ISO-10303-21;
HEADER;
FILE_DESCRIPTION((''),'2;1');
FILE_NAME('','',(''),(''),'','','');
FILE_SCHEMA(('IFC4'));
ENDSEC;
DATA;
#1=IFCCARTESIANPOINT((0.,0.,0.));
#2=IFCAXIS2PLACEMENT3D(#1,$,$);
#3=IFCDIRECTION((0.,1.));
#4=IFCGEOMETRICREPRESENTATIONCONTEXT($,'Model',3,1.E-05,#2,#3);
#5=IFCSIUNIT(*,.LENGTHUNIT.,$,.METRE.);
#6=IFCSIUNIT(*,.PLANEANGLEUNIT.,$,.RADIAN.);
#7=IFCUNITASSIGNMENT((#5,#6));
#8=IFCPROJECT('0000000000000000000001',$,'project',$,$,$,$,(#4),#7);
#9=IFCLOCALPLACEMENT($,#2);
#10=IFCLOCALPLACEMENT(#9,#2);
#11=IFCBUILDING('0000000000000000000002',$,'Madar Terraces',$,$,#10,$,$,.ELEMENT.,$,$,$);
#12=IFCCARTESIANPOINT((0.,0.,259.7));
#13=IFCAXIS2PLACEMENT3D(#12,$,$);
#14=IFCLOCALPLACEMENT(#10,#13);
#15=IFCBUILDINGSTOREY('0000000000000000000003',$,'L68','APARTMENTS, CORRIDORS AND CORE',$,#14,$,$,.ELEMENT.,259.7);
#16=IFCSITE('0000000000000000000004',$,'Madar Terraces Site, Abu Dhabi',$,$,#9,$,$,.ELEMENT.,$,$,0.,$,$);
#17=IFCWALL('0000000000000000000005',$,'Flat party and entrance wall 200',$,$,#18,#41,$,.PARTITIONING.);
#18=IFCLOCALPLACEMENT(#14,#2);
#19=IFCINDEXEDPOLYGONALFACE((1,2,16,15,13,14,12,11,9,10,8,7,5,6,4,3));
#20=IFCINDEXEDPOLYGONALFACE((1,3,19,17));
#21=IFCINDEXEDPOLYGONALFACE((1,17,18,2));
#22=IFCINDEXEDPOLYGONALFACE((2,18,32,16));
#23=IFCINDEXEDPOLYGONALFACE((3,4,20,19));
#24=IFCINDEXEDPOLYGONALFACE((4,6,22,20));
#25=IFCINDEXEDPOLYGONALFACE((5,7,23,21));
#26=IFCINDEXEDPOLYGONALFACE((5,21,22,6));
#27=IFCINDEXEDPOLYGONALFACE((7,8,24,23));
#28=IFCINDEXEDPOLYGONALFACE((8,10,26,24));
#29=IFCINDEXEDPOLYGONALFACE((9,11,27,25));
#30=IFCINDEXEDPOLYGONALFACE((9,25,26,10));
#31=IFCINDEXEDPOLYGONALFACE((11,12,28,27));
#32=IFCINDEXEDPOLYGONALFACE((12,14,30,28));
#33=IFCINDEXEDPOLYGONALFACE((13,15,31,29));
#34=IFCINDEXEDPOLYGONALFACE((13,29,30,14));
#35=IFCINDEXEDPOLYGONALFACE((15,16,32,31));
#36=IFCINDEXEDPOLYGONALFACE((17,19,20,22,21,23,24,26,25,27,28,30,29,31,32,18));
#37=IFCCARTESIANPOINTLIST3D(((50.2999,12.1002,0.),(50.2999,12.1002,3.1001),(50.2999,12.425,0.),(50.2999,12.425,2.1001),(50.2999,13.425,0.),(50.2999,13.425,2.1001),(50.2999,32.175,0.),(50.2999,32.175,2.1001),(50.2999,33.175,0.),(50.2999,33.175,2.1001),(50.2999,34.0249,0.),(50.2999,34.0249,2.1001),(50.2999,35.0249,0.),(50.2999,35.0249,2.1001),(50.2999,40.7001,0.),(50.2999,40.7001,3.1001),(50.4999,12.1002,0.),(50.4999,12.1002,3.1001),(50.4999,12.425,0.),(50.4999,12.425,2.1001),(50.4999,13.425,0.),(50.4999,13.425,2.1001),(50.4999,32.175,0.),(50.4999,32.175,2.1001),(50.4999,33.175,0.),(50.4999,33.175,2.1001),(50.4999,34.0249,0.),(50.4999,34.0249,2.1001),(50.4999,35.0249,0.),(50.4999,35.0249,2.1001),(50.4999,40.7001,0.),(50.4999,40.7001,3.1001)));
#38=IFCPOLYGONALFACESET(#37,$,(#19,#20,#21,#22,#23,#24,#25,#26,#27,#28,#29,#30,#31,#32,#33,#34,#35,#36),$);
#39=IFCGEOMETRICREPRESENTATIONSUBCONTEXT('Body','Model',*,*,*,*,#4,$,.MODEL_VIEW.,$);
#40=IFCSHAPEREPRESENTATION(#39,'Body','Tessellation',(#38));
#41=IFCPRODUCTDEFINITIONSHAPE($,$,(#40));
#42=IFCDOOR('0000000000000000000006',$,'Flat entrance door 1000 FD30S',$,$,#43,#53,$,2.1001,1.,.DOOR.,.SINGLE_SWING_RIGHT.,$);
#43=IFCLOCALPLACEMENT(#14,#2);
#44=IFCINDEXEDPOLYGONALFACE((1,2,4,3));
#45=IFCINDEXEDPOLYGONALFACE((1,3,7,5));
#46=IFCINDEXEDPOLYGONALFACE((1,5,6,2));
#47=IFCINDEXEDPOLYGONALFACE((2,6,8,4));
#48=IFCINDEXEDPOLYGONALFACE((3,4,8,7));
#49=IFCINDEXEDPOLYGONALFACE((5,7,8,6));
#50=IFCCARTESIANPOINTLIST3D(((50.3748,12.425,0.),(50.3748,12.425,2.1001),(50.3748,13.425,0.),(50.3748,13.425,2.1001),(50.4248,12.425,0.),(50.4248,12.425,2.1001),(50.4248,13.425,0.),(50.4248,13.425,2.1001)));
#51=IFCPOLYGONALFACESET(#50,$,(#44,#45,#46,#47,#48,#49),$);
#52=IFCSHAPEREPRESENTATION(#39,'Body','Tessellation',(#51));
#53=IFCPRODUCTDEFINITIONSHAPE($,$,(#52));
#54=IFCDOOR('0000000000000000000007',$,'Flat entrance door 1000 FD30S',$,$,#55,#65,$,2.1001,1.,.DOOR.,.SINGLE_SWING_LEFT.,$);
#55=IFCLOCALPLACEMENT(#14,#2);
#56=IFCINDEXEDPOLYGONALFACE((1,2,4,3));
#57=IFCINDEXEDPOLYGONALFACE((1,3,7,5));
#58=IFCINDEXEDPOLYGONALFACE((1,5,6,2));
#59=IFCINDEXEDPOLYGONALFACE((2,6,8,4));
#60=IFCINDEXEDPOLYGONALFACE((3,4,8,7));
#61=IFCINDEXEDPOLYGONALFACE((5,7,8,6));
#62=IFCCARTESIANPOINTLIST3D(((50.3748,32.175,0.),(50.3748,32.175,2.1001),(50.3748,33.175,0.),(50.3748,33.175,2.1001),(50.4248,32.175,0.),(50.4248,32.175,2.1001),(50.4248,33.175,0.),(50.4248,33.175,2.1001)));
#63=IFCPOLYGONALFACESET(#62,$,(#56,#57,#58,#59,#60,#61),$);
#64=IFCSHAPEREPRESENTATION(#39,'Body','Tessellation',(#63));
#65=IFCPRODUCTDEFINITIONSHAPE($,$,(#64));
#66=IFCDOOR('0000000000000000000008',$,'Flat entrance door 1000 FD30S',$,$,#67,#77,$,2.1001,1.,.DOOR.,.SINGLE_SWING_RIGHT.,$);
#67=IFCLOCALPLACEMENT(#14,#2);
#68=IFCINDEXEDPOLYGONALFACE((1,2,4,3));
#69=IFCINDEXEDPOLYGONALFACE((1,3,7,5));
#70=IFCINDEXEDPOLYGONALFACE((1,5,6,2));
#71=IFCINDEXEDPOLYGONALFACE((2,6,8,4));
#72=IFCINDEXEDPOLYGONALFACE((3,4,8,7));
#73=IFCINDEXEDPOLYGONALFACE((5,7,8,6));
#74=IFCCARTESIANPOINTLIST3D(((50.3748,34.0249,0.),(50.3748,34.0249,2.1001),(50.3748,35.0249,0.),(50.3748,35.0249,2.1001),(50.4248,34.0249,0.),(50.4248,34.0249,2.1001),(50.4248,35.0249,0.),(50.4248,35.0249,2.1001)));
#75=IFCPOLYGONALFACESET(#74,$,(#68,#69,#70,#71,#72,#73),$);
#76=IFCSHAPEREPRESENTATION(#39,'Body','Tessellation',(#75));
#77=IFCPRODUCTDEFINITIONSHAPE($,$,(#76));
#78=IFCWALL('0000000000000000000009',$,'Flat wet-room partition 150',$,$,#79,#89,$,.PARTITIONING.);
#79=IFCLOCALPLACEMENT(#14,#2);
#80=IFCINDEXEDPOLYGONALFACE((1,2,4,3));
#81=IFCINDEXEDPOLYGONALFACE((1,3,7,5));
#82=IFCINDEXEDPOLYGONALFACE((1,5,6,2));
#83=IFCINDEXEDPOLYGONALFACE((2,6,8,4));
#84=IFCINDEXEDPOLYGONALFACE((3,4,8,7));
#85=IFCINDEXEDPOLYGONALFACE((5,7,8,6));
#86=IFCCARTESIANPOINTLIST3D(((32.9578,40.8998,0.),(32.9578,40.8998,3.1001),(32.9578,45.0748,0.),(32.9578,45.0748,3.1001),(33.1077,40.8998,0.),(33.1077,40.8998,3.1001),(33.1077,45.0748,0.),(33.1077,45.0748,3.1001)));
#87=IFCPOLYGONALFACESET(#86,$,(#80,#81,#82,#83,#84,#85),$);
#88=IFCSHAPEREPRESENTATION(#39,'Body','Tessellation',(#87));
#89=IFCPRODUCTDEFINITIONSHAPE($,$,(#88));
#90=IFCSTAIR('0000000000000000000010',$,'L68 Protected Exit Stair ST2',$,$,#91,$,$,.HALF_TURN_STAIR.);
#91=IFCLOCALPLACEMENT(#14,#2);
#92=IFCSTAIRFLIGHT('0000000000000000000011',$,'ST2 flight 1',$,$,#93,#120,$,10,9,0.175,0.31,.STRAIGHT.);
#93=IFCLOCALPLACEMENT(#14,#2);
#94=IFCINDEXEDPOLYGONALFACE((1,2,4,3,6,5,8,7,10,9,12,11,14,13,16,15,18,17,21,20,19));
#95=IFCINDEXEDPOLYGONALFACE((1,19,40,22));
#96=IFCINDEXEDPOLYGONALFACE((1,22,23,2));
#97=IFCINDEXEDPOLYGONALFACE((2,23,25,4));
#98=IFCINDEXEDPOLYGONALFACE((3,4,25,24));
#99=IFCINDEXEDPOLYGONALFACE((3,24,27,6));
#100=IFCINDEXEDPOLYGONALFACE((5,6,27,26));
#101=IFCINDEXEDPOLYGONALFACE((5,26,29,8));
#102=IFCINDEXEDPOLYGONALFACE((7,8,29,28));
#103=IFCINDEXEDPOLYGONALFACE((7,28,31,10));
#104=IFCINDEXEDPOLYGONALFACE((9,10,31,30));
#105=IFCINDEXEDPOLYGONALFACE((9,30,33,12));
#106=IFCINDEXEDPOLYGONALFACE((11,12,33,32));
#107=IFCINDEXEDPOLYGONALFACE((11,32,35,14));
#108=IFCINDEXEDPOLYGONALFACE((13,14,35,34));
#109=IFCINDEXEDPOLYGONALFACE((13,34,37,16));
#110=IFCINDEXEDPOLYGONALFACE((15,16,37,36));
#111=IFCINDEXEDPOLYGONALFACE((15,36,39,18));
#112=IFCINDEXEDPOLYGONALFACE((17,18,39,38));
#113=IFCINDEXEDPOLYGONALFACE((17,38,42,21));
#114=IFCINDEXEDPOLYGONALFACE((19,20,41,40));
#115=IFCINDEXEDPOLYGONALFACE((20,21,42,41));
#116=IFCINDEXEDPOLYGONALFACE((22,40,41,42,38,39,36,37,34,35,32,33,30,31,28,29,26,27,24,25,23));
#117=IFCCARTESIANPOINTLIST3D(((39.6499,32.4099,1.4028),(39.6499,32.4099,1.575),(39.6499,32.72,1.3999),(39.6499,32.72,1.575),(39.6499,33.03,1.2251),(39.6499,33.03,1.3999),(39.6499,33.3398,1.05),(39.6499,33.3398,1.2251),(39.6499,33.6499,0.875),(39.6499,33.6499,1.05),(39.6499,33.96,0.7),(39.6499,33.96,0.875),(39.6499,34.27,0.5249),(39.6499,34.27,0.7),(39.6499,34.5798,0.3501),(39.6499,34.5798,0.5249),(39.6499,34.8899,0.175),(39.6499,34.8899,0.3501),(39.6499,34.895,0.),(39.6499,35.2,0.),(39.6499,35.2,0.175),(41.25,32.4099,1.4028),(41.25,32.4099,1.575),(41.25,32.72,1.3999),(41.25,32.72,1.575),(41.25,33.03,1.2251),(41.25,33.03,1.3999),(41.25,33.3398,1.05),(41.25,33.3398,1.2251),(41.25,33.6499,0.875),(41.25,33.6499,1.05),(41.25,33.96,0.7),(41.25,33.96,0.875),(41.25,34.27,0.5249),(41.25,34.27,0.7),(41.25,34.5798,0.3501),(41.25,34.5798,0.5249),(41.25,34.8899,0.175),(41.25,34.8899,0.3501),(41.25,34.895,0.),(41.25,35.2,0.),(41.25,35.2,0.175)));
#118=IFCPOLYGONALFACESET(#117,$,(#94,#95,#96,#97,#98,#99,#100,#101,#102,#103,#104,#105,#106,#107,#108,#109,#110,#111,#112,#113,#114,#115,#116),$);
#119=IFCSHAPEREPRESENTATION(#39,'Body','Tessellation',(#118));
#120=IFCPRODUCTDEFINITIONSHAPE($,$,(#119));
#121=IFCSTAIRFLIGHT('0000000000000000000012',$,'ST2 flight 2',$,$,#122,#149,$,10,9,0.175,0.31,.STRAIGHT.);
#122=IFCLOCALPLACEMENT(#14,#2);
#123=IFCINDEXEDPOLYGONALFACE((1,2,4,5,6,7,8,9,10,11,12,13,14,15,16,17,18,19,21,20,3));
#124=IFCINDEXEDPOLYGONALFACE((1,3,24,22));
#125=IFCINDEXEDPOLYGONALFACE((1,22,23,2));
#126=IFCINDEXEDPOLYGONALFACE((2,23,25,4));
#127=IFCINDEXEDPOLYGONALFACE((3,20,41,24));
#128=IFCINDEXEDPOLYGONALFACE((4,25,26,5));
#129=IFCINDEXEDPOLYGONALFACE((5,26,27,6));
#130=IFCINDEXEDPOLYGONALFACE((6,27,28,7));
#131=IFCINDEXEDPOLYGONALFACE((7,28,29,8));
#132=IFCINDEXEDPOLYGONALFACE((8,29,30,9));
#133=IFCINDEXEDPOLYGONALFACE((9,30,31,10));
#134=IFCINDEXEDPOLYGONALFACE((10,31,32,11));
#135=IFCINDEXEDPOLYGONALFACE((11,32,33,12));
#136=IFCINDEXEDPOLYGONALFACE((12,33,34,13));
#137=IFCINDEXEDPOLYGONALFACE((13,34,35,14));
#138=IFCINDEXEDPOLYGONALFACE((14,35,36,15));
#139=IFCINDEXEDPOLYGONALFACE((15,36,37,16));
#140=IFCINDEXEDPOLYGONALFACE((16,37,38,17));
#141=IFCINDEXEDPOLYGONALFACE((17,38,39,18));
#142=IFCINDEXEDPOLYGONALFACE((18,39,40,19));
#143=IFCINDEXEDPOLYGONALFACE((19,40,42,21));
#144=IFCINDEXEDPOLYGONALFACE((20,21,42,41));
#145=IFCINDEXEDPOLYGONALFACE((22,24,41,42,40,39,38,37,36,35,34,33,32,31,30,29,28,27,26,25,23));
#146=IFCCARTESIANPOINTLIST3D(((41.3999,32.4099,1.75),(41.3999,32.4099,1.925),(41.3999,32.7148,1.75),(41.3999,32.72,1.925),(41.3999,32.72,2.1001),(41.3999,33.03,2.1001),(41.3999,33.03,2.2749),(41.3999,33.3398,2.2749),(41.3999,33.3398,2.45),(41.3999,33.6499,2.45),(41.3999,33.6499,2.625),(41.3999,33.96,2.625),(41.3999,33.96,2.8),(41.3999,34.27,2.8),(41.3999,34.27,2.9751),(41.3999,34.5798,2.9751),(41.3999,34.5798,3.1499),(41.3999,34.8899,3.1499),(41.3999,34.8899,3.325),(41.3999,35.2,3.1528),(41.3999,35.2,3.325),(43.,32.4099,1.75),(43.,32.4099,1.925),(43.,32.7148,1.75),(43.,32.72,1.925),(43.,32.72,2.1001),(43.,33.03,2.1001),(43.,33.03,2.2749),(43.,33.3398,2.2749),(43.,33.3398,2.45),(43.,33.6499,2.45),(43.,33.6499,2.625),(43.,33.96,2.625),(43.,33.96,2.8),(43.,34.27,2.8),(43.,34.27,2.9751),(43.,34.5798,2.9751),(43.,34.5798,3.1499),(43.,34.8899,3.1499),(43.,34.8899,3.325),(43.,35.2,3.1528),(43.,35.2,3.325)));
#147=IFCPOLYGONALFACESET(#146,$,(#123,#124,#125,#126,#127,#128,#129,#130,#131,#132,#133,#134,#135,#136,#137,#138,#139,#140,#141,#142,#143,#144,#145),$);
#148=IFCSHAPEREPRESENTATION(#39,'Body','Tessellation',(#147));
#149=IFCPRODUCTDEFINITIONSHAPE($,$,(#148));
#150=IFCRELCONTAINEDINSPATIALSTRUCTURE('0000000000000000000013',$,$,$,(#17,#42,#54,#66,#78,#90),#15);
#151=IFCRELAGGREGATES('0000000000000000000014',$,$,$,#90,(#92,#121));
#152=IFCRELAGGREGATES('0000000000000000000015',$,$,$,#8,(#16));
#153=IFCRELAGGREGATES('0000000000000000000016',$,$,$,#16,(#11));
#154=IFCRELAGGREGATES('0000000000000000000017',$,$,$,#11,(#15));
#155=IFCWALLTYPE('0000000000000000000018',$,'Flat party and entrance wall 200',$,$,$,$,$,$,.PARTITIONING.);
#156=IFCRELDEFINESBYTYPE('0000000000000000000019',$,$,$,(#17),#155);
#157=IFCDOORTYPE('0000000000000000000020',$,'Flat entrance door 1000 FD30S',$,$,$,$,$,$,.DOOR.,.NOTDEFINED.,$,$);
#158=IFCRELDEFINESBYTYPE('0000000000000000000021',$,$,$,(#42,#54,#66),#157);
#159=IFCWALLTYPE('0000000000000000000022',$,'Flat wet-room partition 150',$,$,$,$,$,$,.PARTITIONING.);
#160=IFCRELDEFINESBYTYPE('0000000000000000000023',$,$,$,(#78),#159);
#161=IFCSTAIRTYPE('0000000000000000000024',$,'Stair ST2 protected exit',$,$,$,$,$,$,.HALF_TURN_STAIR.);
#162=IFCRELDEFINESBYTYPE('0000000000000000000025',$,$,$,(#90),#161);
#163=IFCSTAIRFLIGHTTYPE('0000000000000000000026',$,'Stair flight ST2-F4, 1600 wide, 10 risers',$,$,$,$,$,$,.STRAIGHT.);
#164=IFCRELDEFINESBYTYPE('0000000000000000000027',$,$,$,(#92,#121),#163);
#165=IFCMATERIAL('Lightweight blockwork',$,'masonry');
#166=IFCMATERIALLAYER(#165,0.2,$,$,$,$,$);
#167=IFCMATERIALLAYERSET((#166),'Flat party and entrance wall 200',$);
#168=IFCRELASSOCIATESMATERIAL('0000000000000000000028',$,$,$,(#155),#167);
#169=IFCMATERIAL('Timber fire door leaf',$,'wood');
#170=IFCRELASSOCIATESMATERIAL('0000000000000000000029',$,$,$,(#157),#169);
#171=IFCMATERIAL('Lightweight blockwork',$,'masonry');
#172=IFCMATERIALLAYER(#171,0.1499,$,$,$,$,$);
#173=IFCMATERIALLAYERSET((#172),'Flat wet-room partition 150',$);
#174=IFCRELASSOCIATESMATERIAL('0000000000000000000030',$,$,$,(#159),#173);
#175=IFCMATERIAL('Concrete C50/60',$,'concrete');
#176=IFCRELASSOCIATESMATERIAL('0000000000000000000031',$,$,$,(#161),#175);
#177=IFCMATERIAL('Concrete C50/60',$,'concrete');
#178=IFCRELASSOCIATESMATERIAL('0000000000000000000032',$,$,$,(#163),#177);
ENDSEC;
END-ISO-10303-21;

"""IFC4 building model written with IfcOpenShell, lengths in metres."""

from ifc_helpers import new_model, si_unit, direction, frame, frame_2d, origin, place, context, subcontext, project, spatial, polyline, rectangle, outline, extrude, material, layer, layer_set, type_object, element, fill, aggregate, save


model = new_model("IFC4")

# Units and contexts
model_context = context("Model", 3, precision=1e-05, world=origin(), true_north=direction((0.0, 1.0)))
body_context = subcontext(model_context, "Body", "Model", "MODEL_VIEW")
ifc_project = project(units=[si_unit("LENGTHUNIT", "METRE"), si_unit("PLANEANGLEUNIT", "RADIAN")], contexts=[model_context])

# Site, building, storey
site_placement = place(None, origin())
site = spatial("IfcSite", under=ifc_project, at=site_placement, Name="Madar Terraces Site, Abu Dhabi", CompositionType="ELEMENT", RefElevation=0.0)
building_placement = place(site_placement, origin())
building = spatial("IfcBuilding", under=site, at=building_placement, Name="Madar Terraces", CompositionType="ELEMENT")
storey_placement = place(building_placement, frame((0.0, 0.0, 259.7)))
storey = spatial("IfcBuildingStorey", under=building, at=storey_placement, Name="L68", Description="APARTMENTS, CORRIDORS AND CORE", CompositionType="ELEMENT", Elevation=259.7)

# Wall, openings, doors
ifc_material_1 = material(Name="Lightweight blockwork", Category="masonry")
ifc_layer_1 = layer(ifc_material_1, 0.2)
ifc_layer_set_1 = layer_set([ifc_layer_1], Name="Flat party and entrance wall 200")
wall_type_1 = type_object("IfcWallType", Name="Flat party and entrance wall 200", PredefinedType="PARTITIONING", material=ifc_layer_set_1)
wall_1_placement = place(storey_placement, frame((50.3999, 40.7, 0.0), z_axis=(0.0, 0.0, 1.0), x_axis=(0.0, -1.0, 0.0)))
wall_1 = element("IfcWall", 1, at=wall_1_placement, inside=storey, type_object=wall_type_1, Name="Flat party and entrance wall 200", PredefinedType="PARTITIONING", context=body_context, shape_type="SweptSolid", body=[
    extrude(rectangle(XDim=28.5999, YDim=0.2, at=frame_2d((14.2998, 0.0))), origin(), (0.0, 0.0, 1.0), 3.1001),
])
opening_1_placement = place(wall_1_placement, frame((27.2749, 0.0, 0.0)))
opening_1 = element("IfcOpeningElement", 2, at=opening_1_placement, cuts=wall_1, PredefinedType="OPENING", context=body_context, shape_type="SweptSolid", body=[
    extrude(rectangle(XDim=1.0, YDim=2.1001, at=frame_2d((0.5, 1.05))), frame((0.0, 0.1099, 0.0), z_axis=(0.0, -1.0, 0.0), x_axis=(1.0, 0.0, 0.0)), (0.0, 0.0, 1.0), 0.22),
])
opening_2_placement = place(wall_1_placement, frame((7.5249, 0.0, 0.0)))
opening_2 = element("IfcOpeningElement", 3, at=opening_2_placement, cuts=wall_1, PredefinedType="OPENING", context=body_context, shape_type="SweptSolid", body=[
    extrude(rectangle(XDim=1.0, YDim=2.1001, at=frame_2d((0.5, 1.05))), frame((0.0, 0.1099, 0.0), z_axis=(0.0, -1.0, 0.0), x_axis=(1.0, 0.0, 0.0)), (0.0, 0.0, 1.0), 0.22),
])
opening_3_placement = place(wall_1_placement, frame((5.675, 0.0, 0.0)))
opening_3 = element("IfcOpeningElement", 4, at=opening_3_placement, cuts=wall_1, PredefinedType="OPENING", context=body_context, shape_type="SweptSolid", body=[
    extrude(rectangle(XDim=1.0, YDim=2.1001, at=frame_2d((0.5, 1.05))), frame((0.0, 0.1099, 0.0), z_axis=(0.0, -1.0, 0.0), x_axis=(1.0, 0.0, 0.0)), (0.0, 0.0, 1.0), 0.22),
])
ifc_material_2 = material(Name="Timber fire door leaf", Category="wood")
door_type_1 = type_object("IfcDoorType", Name="Flat entrance door 1000 FD30S", OperationType="NOTDEFINED", PredefinedType="DOOR", material=ifc_material_2)
door_1_placement = place(opening_1_placement, origin())
door_1 = element("IfcDoor", 5, at=door_1_placement, inside=storey, type_object=door_type_1, Name="Flat entrance door 1000 FD30S", OperationType="SINGLE_SWING_RIGHT", OverallHeight=2.1001, OverallWidth=1.0, PredefinedType="DOOR", context=body_context, shape_type="SweptSolid", body=[
    extrude(rectangle(XDim=1.0, YDim=2.1001, at=frame_2d((0.5, 1.05))), frame((0.0, 0.0249, 0.0), z_axis=(0.0, -1.0, 0.0), x_axis=(1.0, 0.0, 0.0)), (0.0, 0.0, 1.0), 0.05),
])
fill(opening_1, door_1)
door_2_placement = place(opening_2_placement, origin())
door_2 = element("IfcDoor", 6, at=door_2_placement, inside=storey, type_object=door_type_1, Name="Flat entrance door 1000 FD30S", OperationType="SINGLE_SWING_LEFT", OverallHeight=2.1001, OverallWidth=1.0, PredefinedType="DOOR", context=body_context, shape_type="SweptSolid", body=[
    extrude(rectangle(XDim=1.0, YDim=2.1001, at=frame_2d((0.5, 1.05))), frame((0.0, 0.0249, 0.0), z_axis=(0.0, -1.0, 0.0), x_axis=(1.0, 0.0, 0.0)), (0.0, 0.0, 1.0), 0.05),
])
fill(opening_2, door_2)
door_3_placement = place(opening_3_placement, origin())
door_3 = element("IfcDoor", 7, at=door_3_placement, inside=storey, type_object=door_type_1, Name="Flat entrance door 1000 FD30S", OperationType="SINGLE_SWING_RIGHT", OverallHeight=2.1001, OverallWidth=1.0, PredefinedType="DOOR", context=body_context, shape_type="SweptSolid", body=[
    extrude(rectangle(XDim=1.0, YDim=2.1001, at=frame_2d((0.5, 1.05))), frame((0.0, 0.0249, 0.0), z_axis=(0.0, -1.0, 0.0), x_axis=(1.0, 0.0, 0.0)), (0.0, 0.0, 1.0), 0.05),
])
fill(opening_3, door_3)

# Wall
ifc_material_3 = material(Name="Lightweight blockwork", Category="masonry")
ifc_layer_2 = layer(ifc_material_3, 0.1499)
ifc_layer_set_2 = layer_set([ifc_layer_2], Name="Flat wet-room partition 150")
wall_type_2 = type_object("IfcWallType", Name="Flat wet-room partition 150", PredefinedType="PARTITIONING", material=ifc_layer_set_2)
wall_2_placement = place(storey_placement, frame((33.0327, 40.8999, 0.0), z_axis=(0.0, 0.0, 1.0), x_axis=(0.0, 1.0, 0.0)))
element("IfcWall", 8, at=wall_2_placement, inside=storey, type_object=wall_type_2, Name="Flat wet-room partition 150", PredefinedType="PARTITIONING", context=body_context, shape_type="SweptSolid", body=[
    extrude(rectangle(XDim=4.175, YDim=0.1499, at=frame_2d((2.0874, 0.0))), origin(), (0.0, 0.0, 1.0), 3.1001),
])

# Stair, stair flights
ifc_material_4 = material(Name="Concrete C50/60", Category="concrete")
stair_type = type_object("IfcStairType", Name="Stair ST2 protected exit", PredefinedType="HALF_TURN_STAIR", material=ifc_material_4)
stair_placement = place(storey_placement, origin())
stair = element("IfcStair", 9, at=stair_placement, inside=storey, type_object=stair_type, Name="L68 Protected Exit Stair ST2", PredefinedType="HALF_TURN_STAIR")
ifc_material_5 = material(Name="Concrete C50/60", Category="concrete")
stair_flight_type = type_object("IfcStairFlightType", Name="Stair flight ST2-F4, 1600 wide, 10 risers", PredefinedType="STRAIGHT", material=ifc_material_5)
stair_flight_1_placement = place(storey_placement, frame((40.45, 35.2, 0.0), z_axis=(0.0, 0.0, 1.0), x_axis=(0.0, -1.0, 0.0)))
stair_flight_1 = element("IfcStairFlight", 10, at=stair_flight_1_placement, type_object=stair_flight_type, Name="ST2 flight 1", NumberOfRisers=10, NumberOfTreads=9, PredefinedType="STRAIGHT", RiserHeight=0.175, TreadLength=0.31, context=body_context, shape_type="SweptSolid", body=[
    extrude(outline(polyline([(0.0, 0.0), (0.0, 0.175), (0.3101, 0.175), (0.3101, 0.3501), (0.6201, 0.3501), (0.6201, 0.5249), (0.9299, 0.5249), (0.9299, 0.7), (1.24, 0.7), (1.24, 0.875), (1.55, 0.875), (1.55, 1.05), (1.8601, 1.05), (1.8601, 1.2251), (2.1699, 1.2251), (2.1699, 1.3999), (2.48, 1.3999), (2.48, 1.575), (2.79, 1.575), (2.79, 1.75), (2.79, 1.4028), (0.3049, 0.0), (0.0, 0.0)])), frame((0.0, 0.8, 0.0), z_axis=(0.0, -1.0, 0.0), x_axis=(1.0, 0.0, 0.0)), (0.0, 0.0, 1.0), 1.6001),
])
stair_flight_2_placement = place(storey_placement, frame((42.2, 32.4099, 1.75), z_axis=(0.0, 0.0, 1.0), x_axis=(0.0, 1.0, 0.0)))
stair_flight_2 = element("IfcStairFlight", 11, at=stair_flight_2_placement, type_object=stair_flight_type, Name="ST2 flight 2", NumberOfRisers=10, NumberOfTreads=9, PredefinedType="STRAIGHT", RiserHeight=0.175, TreadLength=0.31, context=body_context, shape_type="SweptSolid", body=[
    extrude(outline(polyline([(0.0, 0.0), (0.0, 0.175), (0.3101, 0.175), (0.3101, 0.3501), (0.6201, 0.3501), (0.6201, 0.5249), (0.9299, 0.5249), (0.9299, 0.7), (1.24, 0.7), (1.24, 0.875), (1.55, 0.875), (1.55, 1.05), (1.8601, 1.05), (1.8601, 1.2251), (2.1699, 1.2251), (2.1699, 1.3999), (2.48, 1.3999), (2.48, 1.575), (2.79, 1.575), (2.79, 1.75), (2.79, 1.4028), (0.3049, 0.0), (0.0, 0.0)])), frame((0.0, 0.8, 0.0), z_axis=(0.0, -1.0, 0.0), x_axis=(1.0, 0.0, 0.0)), (0.0, 0.0, 1.0), 1.6001),
])
aggregate(stair, [stair_flight_1, stair_flight_2])

save(model, "model.ifc")
